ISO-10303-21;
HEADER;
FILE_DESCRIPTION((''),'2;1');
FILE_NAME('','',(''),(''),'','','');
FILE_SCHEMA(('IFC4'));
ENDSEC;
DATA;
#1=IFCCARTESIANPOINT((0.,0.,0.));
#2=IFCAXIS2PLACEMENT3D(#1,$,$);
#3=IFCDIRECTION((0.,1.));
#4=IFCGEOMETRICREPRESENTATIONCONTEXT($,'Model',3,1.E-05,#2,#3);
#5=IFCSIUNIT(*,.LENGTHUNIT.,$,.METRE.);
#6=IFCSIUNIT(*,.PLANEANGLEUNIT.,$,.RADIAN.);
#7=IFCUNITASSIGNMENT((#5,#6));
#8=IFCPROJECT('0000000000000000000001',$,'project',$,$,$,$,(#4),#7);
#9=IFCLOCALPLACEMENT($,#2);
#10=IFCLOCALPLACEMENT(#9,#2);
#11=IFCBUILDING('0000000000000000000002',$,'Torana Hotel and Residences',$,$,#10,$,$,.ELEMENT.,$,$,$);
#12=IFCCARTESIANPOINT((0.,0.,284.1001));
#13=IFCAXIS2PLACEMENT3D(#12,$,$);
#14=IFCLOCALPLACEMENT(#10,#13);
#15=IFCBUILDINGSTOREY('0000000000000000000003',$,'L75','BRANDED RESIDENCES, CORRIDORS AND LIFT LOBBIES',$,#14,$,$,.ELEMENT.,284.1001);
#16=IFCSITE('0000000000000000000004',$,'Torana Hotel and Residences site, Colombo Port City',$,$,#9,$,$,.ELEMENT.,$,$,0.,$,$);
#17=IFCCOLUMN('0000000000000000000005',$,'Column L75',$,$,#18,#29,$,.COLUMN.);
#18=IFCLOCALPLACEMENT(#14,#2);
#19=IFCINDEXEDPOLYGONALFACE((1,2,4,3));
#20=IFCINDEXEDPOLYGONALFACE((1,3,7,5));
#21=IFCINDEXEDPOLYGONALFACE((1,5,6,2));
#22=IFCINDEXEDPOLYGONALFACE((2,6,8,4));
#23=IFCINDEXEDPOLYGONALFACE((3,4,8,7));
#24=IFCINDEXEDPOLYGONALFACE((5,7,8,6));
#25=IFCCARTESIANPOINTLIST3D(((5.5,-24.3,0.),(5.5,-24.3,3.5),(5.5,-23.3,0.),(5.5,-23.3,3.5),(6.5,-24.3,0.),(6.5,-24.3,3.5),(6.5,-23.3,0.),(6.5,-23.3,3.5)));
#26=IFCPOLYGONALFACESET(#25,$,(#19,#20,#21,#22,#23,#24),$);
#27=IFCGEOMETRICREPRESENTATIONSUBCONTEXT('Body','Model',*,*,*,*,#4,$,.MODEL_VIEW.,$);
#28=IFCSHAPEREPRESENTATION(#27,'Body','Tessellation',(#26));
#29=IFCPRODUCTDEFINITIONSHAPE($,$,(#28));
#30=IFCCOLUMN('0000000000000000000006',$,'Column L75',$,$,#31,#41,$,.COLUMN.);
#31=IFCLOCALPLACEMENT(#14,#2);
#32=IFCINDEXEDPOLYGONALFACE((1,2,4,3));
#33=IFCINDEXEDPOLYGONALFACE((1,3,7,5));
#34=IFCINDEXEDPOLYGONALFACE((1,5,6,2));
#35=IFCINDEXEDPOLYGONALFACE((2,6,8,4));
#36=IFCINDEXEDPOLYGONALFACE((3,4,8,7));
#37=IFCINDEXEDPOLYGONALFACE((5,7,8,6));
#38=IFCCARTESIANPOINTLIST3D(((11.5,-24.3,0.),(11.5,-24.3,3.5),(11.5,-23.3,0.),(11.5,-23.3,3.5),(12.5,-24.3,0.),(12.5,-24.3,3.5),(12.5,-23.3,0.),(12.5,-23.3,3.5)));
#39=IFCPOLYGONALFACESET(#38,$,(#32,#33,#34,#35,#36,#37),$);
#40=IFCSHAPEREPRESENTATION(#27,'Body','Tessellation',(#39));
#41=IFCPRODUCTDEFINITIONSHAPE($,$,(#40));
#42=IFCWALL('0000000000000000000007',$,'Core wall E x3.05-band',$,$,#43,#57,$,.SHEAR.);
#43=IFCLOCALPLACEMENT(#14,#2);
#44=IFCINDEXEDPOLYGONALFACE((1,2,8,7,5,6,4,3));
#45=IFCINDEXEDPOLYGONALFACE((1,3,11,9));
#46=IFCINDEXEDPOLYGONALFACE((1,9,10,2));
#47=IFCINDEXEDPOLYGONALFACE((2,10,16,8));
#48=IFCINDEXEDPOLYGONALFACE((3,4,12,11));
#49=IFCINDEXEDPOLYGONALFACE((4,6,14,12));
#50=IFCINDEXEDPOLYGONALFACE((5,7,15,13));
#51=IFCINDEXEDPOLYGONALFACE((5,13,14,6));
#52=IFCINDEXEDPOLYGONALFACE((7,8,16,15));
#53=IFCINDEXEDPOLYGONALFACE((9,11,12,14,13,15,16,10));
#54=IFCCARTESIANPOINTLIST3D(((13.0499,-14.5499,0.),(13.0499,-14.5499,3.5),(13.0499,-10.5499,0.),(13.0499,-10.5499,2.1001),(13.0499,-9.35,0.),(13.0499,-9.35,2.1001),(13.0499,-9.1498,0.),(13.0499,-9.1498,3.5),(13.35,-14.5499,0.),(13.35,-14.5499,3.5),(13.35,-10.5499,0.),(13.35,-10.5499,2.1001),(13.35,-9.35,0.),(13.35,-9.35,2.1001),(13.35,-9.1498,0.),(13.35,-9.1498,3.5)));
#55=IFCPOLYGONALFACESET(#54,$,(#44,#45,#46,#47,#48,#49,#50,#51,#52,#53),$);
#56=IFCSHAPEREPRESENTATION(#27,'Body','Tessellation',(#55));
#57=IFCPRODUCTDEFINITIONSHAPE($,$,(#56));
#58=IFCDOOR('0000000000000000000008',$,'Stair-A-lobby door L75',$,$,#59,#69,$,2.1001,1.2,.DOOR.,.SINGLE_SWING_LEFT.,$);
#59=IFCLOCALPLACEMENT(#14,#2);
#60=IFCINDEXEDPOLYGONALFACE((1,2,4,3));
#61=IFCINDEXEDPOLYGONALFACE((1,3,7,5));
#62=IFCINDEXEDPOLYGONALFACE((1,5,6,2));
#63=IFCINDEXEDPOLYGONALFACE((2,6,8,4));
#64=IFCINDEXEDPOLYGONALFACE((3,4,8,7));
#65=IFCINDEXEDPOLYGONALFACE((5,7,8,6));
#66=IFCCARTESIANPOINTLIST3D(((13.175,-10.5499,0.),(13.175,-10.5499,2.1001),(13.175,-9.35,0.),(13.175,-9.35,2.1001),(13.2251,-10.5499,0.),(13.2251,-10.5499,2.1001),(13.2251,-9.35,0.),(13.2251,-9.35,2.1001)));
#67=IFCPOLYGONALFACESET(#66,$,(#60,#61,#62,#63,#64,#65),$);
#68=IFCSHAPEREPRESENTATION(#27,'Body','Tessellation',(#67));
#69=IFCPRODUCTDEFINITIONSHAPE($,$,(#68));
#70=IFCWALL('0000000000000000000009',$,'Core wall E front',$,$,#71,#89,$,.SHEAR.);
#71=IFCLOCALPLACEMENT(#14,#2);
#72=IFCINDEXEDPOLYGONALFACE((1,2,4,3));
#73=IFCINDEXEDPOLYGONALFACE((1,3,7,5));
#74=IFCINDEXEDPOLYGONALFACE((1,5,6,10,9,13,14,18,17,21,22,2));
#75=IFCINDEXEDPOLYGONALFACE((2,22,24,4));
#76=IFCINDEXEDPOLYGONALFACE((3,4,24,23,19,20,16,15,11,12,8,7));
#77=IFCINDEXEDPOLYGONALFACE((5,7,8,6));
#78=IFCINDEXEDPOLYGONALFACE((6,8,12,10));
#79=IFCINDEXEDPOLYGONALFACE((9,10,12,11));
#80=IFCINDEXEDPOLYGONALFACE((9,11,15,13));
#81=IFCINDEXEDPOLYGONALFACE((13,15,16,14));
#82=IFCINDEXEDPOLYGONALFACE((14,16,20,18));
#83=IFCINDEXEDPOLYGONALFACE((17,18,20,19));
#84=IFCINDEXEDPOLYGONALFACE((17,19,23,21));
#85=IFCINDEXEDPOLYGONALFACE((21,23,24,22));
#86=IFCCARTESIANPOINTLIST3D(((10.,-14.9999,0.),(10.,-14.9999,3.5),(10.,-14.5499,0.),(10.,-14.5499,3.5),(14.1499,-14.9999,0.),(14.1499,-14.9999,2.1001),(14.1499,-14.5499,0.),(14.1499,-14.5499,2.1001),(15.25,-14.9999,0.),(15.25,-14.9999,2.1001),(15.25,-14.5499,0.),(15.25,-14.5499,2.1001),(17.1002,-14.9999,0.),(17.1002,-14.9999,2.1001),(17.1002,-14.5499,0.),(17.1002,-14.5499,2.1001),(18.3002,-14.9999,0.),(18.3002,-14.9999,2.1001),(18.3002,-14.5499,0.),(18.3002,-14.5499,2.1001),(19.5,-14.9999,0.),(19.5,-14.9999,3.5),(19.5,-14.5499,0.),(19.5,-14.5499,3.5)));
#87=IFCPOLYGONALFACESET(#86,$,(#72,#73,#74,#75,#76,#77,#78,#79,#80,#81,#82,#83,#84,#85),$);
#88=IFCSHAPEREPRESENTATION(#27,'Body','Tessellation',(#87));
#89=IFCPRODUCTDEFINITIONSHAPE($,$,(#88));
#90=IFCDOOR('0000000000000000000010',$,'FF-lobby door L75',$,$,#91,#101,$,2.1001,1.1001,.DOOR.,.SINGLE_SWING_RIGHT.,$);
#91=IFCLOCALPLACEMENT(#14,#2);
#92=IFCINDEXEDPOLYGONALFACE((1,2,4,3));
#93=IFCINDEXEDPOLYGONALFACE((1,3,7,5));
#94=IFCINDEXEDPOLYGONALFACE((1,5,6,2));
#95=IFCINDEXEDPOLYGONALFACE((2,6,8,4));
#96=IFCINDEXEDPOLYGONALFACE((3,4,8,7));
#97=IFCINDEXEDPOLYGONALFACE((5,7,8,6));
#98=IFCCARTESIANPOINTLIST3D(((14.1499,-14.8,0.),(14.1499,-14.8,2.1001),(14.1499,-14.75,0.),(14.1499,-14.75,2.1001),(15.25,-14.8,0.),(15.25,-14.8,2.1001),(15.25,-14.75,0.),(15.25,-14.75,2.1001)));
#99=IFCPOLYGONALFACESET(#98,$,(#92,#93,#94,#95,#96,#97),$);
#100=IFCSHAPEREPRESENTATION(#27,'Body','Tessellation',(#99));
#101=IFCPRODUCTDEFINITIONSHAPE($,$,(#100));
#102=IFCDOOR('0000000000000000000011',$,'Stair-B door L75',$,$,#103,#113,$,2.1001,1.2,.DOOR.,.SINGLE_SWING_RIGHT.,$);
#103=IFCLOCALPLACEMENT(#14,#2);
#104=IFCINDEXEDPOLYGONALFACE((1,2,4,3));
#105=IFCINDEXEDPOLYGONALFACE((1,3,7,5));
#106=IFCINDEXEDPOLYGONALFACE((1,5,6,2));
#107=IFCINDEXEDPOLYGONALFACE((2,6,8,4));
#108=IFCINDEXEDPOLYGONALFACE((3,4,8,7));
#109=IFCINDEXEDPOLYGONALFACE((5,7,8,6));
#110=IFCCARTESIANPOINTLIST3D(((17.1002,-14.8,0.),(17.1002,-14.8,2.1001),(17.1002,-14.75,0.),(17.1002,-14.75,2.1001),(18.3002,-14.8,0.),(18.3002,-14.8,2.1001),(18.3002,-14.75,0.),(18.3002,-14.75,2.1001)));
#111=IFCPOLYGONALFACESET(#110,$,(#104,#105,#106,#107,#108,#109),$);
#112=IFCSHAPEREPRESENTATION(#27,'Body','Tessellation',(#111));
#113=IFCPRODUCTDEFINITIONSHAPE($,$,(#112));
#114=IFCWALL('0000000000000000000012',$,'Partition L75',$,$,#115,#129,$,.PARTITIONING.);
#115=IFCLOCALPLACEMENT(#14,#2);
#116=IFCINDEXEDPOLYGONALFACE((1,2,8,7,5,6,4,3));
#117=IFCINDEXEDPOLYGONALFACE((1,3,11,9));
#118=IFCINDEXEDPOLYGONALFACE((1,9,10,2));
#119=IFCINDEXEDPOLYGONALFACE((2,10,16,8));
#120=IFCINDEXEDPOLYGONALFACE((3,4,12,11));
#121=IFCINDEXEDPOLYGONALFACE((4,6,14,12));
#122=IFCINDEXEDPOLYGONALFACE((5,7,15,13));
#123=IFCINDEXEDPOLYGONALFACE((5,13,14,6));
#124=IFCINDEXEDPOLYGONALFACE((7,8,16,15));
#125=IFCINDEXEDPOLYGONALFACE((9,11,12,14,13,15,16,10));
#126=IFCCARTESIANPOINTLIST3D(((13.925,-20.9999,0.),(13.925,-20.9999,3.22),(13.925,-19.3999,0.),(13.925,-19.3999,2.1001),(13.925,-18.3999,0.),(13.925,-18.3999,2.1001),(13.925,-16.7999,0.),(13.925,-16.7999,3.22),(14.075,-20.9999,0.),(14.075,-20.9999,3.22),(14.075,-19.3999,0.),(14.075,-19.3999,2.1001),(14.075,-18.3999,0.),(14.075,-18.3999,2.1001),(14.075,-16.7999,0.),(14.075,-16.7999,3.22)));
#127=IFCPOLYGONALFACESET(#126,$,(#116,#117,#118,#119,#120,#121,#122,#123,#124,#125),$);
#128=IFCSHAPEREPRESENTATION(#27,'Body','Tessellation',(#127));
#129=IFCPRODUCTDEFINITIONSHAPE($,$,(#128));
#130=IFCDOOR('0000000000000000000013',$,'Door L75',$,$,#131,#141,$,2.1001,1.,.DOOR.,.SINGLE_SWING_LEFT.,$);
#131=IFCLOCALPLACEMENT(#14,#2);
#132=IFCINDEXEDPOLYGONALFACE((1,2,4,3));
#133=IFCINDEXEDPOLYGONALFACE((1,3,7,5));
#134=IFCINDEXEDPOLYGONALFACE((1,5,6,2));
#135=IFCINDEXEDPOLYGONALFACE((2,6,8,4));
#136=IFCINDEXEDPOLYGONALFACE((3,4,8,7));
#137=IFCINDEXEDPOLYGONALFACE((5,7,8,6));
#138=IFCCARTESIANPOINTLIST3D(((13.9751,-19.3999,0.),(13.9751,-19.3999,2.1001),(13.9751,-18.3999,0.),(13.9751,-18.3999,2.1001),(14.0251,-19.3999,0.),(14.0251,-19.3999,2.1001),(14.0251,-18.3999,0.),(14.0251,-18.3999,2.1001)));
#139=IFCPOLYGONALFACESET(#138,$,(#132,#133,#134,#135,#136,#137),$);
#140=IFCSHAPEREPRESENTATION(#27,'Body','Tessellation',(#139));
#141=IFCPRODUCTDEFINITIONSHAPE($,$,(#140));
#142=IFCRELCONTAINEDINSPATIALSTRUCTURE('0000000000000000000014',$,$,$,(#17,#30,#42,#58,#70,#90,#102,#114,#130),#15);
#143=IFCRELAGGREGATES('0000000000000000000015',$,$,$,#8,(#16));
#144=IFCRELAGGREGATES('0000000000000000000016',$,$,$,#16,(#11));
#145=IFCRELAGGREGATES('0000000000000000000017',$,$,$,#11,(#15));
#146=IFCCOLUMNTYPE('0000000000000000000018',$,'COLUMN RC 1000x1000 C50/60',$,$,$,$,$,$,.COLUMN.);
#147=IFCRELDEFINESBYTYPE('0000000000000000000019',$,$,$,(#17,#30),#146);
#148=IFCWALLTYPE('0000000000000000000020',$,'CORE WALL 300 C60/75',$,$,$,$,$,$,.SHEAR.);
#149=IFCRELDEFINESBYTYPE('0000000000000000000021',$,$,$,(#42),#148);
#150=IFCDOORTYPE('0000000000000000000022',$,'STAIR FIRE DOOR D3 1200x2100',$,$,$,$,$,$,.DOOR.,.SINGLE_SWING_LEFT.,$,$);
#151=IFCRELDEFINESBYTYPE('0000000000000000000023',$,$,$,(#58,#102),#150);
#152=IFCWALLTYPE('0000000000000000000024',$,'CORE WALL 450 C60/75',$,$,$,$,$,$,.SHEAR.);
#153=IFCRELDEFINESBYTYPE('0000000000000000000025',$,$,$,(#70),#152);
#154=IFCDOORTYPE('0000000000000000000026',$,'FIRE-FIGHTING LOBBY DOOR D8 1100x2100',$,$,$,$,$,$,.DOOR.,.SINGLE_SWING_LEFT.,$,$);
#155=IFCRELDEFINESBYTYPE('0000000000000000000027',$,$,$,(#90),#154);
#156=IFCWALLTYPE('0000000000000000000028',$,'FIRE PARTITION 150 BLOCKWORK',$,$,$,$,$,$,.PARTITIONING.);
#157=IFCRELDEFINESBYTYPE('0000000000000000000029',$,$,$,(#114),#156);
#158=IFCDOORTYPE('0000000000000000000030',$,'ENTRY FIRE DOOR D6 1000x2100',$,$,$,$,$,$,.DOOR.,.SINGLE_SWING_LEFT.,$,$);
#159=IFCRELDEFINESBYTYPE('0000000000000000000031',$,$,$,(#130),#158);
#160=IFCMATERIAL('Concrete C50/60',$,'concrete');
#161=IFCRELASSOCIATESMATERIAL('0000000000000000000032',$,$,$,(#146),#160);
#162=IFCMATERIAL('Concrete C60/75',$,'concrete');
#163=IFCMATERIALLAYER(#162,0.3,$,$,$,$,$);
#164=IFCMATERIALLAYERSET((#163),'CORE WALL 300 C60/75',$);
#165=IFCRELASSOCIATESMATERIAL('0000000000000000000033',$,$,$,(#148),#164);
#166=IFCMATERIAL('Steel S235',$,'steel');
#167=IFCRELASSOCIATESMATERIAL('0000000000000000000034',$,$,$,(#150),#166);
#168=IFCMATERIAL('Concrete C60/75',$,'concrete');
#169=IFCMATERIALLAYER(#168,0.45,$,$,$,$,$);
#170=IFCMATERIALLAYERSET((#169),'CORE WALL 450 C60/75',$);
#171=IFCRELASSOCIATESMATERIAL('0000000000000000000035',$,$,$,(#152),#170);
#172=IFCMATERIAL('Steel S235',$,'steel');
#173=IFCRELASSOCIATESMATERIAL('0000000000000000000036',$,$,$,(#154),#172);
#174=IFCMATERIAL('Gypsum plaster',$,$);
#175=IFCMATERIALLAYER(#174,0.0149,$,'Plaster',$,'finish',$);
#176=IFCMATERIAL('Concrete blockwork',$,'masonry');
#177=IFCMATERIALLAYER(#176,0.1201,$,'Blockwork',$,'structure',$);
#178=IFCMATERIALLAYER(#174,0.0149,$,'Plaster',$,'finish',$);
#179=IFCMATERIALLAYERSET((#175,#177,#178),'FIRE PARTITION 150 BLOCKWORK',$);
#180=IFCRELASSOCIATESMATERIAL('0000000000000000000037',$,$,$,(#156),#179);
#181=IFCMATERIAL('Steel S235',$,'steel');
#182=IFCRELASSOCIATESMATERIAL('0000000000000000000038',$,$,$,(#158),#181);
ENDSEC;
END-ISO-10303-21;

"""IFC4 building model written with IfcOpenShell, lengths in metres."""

from ifc_helpers import new_model, si_unit, direction, frame, frame_2d, origin, origin_2d, place, context, subcontext, project, spatial, rectangle, extrude, material, layer, layer_set, material_profile, profile_set, type_object, element, fill, save


model = new_model("IFC4")

# Units and contexts
model_context = context("Model", 3, precision=1e-05, world=origin(), true_north=direction((0.0, 1.0)))
body_context = subcontext(model_context, "Body", "Model", "MODEL_VIEW")
ifc_project = project(units=[si_unit("LENGTHUNIT", "METRE"), si_unit("PLANEANGLEUNIT", "RADIAN")], contexts=[model_context])

# Site, building, storey
site_placement = place(None, origin())
site = spatial("IfcSite", under=ifc_project, at=site_placement, Name="Torana Hotel and Residences site, Colombo Port City", CompositionType="ELEMENT", RefElevation=0.0)
building_placement = place(site_placement, origin())
building = spatial("IfcBuilding", under=site, at=building_placement, Name="Torana Hotel and Residences", CompositionType="ELEMENT")
storey_placement = place(building_placement, frame((0.0, 0.0, 284.1001)))
storey = spatial("IfcBuildingStorey", under=building, at=storey_placement, Name="L75", Description="BRANDED RESIDENCES, CORRIDORS AND LIFT LOBBIES", CompositionType="ELEMENT", Elevation=284.1001)

# Columns
ifc_material_1 = material(Name="Concrete C50/60", Category="concrete")
ifc_material_profile = material_profile(ifc_material_1, rectangle(XDim=1.0, YDim=1.0, at=origin_2d()), Name="RC 1000x1000")
ifc_profile_set = profile_set([ifc_material_profile], Name="Concrete C50/60")
column_type = type_object("IfcColumnType", Name="COLUMN RC 1000x1000 C50/60", PredefinedType="COLUMN", material=ifc_profile_set)
for number, where, z_axis, x_axis, name in (
    (1, (6.0, -23.8, 0.0), (0.0, 0.0, 1.0), (1.0, 0.0, 0.0), "Column L75"),
    (2, (12.0, -23.8, 0.0), (0.0, 0.0, 1.0), (1.0, 0.0, 0.0), "Column L75"),
):
    element("IfcColumn", number, at=place(storey_placement, frame(where, z_axis=z_axis, x_axis=x_axis)), inside=storey, type_object=column_type, Name=name, PredefinedType="COLUMN", context=body_context, shape_type="SweptSolid", body=[
        extrude(rectangle(XDim=1.0, YDim=1.0, at=origin_2d()), origin(), (0.0, 0.0, 1.0), 3.5),
    ])

# Wall, opening, door
ifc_material_2 = material(Name="Concrete C60/75", Category="concrete")
ifc_layer_1 = layer(ifc_material_2, 0.3)
ifc_layer_set_1 = layer_set([ifc_layer_1], Name="CORE WALL 300 C60/75")
wall_type_1 = type_object("IfcWallType", Name="CORE WALL 300 C60/75", PredefinedType="SHEAR", material=ifc_layer_set_1)
wall_1_placement = place(storey_placement, frame((13.2, -14.55, 0.0), z_axis=(0.0, 0.0, 1.0), x_axis=(0.0, 1.0, 0.0)))
wall_1 = element("IfcWall", 3, at=wall_1_placement, inside=storey, type_object=wall_type_1, Name="Core wall E x3.05-band", PredefinedType="SHEAR", context=body_context, shape_type="SweptSolid", body=[
    extrude(rectangle(XDim=5.4001, YDim=0.3, at=frame_2d((2.7002, 0.0))), origin(), (0.0, 0.0, 1.0), 3.5),
])
opening_1_placement = place(wall_1_placement, frame((4.0, 0.0, 0.0)))
opening_1 = element("IfcOpeningElement", 4, at=opening_1_placement, cuts=wall_1, PredefinedType="OPENING", context=body_context, shape_type="SweptSolid", body=[
    extrude(rectangle(XDim=1.2, YDim=2.1001, at=frame_2d((0.6001, 1.05))), frame((0.0, 0.1599, 0.0), z_axis=(0.0, -1.0, 0.0), x_axis=(1.0, 0.0, 0.0)), (0.0, 0.0, 1.0), 0.3201),
])
ifc_material_3 = material(Name="Steel S235", Category="steel")
door_type_1 = type_object("IfcDoorType", Name="STAIR FIRE DOOR D3 1200x2100", OperationType="SINGLE_SWING_LEFT", PredefinedType="DOOR", material=ifc_material_3)
door_1_placement = place(opening_1_placement, origin())
door_1 = element("IfcDoor", 5, at=door_1_placement, inside=storey, type_object=door_type_1, Name="Stair-A-lobby door L75", OperationType="SINGLE_SWING_LEFT", OverallHeight=2.1001, OverallWidth=1.2, PredefinedType="DOOR", context=body_context, shape_type="SweptSolid", body=[
    extrude(rectangle(XDim=1.2, YDim=2.1001, at=frame_2d((0.6001, 1.05))), frame((0.0, 0.0249, 0.0), z_axis=(0.0, -1.0, 0.0), x_axis=(1.0, 0.0, 0.0)), (0.0, 0.0, 1.0), 0.05),
])
fill(opening_1, door_1)

# Wall, openings, doors
ifc_material_4 = material(Name="Concrete C60/75", Category="concrete")
ifc_layer_2 = layer(ifc_material_4, 0.45)
ifc_layer_set_2 = layer_set([ifc_layer_2], Name="CORE WALL 450 C60/75")
wall_type_2 = type_object("IfcWallType", Name="CORE WALL 450 C60/75", PredefinedType="SHEAR", material=ifc_layer_set_2)
wall_2_placement = place(storey_placement, frame((10.0, -14.7749, 0.0), z_axis=(0.0, 0.0, 1.0), x_axis=(1.0, 0.0, 0.0)))
wall_2 = element("IfcWall", 6, at=wall_2_placement, inside=storey, type_object=wall_type_2, Name="Core wall E front", PredefinedType="SHEAR", context=body_context, shape_type="SweptSolid", body=[
    extrude(rectangle(XDim=9.5, YDim=0.45, at=frame_2d((4.75, 0.0))), origin(), (0.0, 0.0, 1.0), 3.5),
])
opening_2_placement = place(wall_2_placement, frame((7.1001, 0.0, 0.0)))
opening_2 = element("IfcOpeningElement", 7, at=opening_2_placement, cuts=wall_2, PredefinedType="OPENING", context=body_context, shape_type="SweptSolid", body=[
    extrude(rectangle(XDim=1.2, YDim=2.1001, at=frame_2d((0.6001, 1.05))), frame((0.0, 0.2349, 0.0), z_axis=(0.0, -1.0, 0.0), x_axis=(1.0, 0.0, 0.0)), (0.0, 0.0, 1.0), 0.47),
])
opening_3_placement = place(wall_2_placement, frame((4.1499, 0.0, 0.0)))
opening_3 = element("IfcOpeningElement", 8, at=opening_3_placement, cuts=wall_2, PredefinedType="OPENING", context=body_context, shape_type="SweptSolid", body=[
    extrude(rectangle(XDim=1.1001, YDim=2.1001, at=frame_2d((0.55, 1.05))), frame((0.0, 0.2349, 0.0), z_axis=(0.0, -1.0, 0.0), x_axis=(1.0, 0.0, 0.0)), (0.0, 0.0, 1.0), 0.47),
])
ifc_material_5 = material(Name="Steel S235", Category="steel")
door_type_2 = type_object("IfcDoorType", Name="FIRE-FIGHTING LOBBY DOOR D8 1100x2100", OperationType="SINGLE_SWING_LEFT", PredefinedType="DOOR", material=ifc_material_5)
door_2_placement = place(opening_3_placement, origin())
door_2 = element("IfcDoor", 9, at=door_2_placement, inside=storey, type_object=door_type_2, Name="FF-lobby door L75", OperationType="SINGLE_SWING_RIGHT", OverallHeight=2.1001, OverallWidth=1.1001, PredefinedType="DOOR", context=body_context, shape_type="SweptSolid", body=[
    extrude(rectangle(XDim=1.1001, YDim=2.1001, at=frame_2d((0.55, 1.05))), frame((0.0, 0.0249, 0.0), z_axis=(0.0, -1.0, 0.0), x_axis=(1.0, 0.0, 0.0)), (0.0, 0.0, 1.0), 0.05),
])
fill(opening_3, door_2)
door_3_placement = place(opening_2_placement, origin())
door_3 = element("IfcDoor", 10, at=door_3_placement, inside=storey, type_object=door_type_1, Name="Stair-B door L75", OperationType="SINGLE_SWING_RIGHT", OverallHeight=2.1001, OverallWidth=1.2, PredefinedType="DOOR", context=body_context, shape_type="SweptSolid", body=[
    extrude(rectangle(XDim=1.2, YDim=2.1001, at=frame_2d((0.6001, 1.05))), frame((0.0, 0.0249, 0.0), z_axis=(0.0, -1.0, 0.0), x_axis=(1.0, 0.0, 0.0)), (0.0, 0.0, 1.0), 0.05),
])
fill(opening_2, door_3)

# Wall, opening, door
ifc_material_6 = material(Name="Gypsum plaster")
ifc_layer_3 = layer(ifc_material_6, 0.0149, Name="Plaster", Category="finish")
ifc_material_7 = material(Name="Concrete blockwork", Category="masonry")
ifc_layer_4 = layer(ifc_material_7, 0.1201, Name="Blockwork", Category="structure")
ifc_layer_5 = layer(ifc_material_6, 0.0149, Name="Plaster", Category="finish")
ifc_layer_set_3 = layer_set([ifc_layer_3, ifc_layer_4, ifc_layer_5], Name="FIRE PARTITION 150 BLOCKWORK")
wall_type_3 = type_object("IfcWallType", Name="FIRE PARTITION 150 BLOCKWORK", PredefinedType="PARTITIONING", material=ifc_layer_set_3)
wall_3_placement = place(storey_placement, frame((14.0, -21.0, 0.0), z_axis=(0.0, 0.0, 1.0), x_axis=(0.0, 1.0, 0.0)))
wall_3 = element("IfcWall", 11, at=wall_3_placement, inside=storey, type_object=wall_type_3, Name="Partition L75", PredefinedType="PARTITIONING", context=body_context, shape_type="SweptSolid", body=[
    extrude(rectangle(XDim=4.2, YDim=0.1499, at=frame_2d((2.1001, 0.0))), origin(), (0.0, 0.0, 1.0), 3.22),
])
opening_4_placement = place(wall_3_placement, frame((1.6001, 0.0, 0.0)))
opening_4 = element("IfcOpeningElement", 12, at=opening_4_placement, cuts=wall_3, PredefinedType="OPENING", context=body_context, shape_type="SweptSolid", body=[
    extrude(rectangle(XDim=1.0, YDim=2.1001, at=frame_2d((0.5, 1.05))), frame((0.0, 0.085, 0.0), z_axis=(0.0, -1.0, 0.0), x_axis=(1.0, 0.0, 0.0)), (0.0, 0.0, 1.0), 0.1699),
])
ifc_material_8 = material(Name="Steel S235", Category="steel")
door_type_3 = type_object("IfcDoorType", Name="ENTRY FIRE DOOR D6 1000x2100", OperationType="SINGLE_SWING_LEFT", PredefinedType="DOOR", material=ifc_material_8)
door_4_placement = place(opening_4_placement, frame((0.5, 0.0, 0.0), z_axis=(0.0, 0.0, 1.0), x_axis=(-1.0, 0.0, 0.0)))
door_4 = element("IfcDoor", 13, at=door_4_placement, inside=storey, type_object=door_type_3, Name="Door L75", OperationType="SINGLE_SWING_LEFT", OverallHeight=2.1001, OverallWidth=1.0, PredefinedType="DOOR", context=body_context, shape_type="SweptSolid", body=[
    extrude(rectangle(XDim=1.0, YDim=2.1001, at=frame_2d((0.0, 1.05))), frame((0.0, -0.0249, 0.0), z_axis=(0.0, 1.0, 0.0), x_axis=(-1.0, 0.0, 0.0)), (0.0, 0.0, 1.0), 0.05),
])
fill(opening_4, door_4)

save(model, "model.ifc")
